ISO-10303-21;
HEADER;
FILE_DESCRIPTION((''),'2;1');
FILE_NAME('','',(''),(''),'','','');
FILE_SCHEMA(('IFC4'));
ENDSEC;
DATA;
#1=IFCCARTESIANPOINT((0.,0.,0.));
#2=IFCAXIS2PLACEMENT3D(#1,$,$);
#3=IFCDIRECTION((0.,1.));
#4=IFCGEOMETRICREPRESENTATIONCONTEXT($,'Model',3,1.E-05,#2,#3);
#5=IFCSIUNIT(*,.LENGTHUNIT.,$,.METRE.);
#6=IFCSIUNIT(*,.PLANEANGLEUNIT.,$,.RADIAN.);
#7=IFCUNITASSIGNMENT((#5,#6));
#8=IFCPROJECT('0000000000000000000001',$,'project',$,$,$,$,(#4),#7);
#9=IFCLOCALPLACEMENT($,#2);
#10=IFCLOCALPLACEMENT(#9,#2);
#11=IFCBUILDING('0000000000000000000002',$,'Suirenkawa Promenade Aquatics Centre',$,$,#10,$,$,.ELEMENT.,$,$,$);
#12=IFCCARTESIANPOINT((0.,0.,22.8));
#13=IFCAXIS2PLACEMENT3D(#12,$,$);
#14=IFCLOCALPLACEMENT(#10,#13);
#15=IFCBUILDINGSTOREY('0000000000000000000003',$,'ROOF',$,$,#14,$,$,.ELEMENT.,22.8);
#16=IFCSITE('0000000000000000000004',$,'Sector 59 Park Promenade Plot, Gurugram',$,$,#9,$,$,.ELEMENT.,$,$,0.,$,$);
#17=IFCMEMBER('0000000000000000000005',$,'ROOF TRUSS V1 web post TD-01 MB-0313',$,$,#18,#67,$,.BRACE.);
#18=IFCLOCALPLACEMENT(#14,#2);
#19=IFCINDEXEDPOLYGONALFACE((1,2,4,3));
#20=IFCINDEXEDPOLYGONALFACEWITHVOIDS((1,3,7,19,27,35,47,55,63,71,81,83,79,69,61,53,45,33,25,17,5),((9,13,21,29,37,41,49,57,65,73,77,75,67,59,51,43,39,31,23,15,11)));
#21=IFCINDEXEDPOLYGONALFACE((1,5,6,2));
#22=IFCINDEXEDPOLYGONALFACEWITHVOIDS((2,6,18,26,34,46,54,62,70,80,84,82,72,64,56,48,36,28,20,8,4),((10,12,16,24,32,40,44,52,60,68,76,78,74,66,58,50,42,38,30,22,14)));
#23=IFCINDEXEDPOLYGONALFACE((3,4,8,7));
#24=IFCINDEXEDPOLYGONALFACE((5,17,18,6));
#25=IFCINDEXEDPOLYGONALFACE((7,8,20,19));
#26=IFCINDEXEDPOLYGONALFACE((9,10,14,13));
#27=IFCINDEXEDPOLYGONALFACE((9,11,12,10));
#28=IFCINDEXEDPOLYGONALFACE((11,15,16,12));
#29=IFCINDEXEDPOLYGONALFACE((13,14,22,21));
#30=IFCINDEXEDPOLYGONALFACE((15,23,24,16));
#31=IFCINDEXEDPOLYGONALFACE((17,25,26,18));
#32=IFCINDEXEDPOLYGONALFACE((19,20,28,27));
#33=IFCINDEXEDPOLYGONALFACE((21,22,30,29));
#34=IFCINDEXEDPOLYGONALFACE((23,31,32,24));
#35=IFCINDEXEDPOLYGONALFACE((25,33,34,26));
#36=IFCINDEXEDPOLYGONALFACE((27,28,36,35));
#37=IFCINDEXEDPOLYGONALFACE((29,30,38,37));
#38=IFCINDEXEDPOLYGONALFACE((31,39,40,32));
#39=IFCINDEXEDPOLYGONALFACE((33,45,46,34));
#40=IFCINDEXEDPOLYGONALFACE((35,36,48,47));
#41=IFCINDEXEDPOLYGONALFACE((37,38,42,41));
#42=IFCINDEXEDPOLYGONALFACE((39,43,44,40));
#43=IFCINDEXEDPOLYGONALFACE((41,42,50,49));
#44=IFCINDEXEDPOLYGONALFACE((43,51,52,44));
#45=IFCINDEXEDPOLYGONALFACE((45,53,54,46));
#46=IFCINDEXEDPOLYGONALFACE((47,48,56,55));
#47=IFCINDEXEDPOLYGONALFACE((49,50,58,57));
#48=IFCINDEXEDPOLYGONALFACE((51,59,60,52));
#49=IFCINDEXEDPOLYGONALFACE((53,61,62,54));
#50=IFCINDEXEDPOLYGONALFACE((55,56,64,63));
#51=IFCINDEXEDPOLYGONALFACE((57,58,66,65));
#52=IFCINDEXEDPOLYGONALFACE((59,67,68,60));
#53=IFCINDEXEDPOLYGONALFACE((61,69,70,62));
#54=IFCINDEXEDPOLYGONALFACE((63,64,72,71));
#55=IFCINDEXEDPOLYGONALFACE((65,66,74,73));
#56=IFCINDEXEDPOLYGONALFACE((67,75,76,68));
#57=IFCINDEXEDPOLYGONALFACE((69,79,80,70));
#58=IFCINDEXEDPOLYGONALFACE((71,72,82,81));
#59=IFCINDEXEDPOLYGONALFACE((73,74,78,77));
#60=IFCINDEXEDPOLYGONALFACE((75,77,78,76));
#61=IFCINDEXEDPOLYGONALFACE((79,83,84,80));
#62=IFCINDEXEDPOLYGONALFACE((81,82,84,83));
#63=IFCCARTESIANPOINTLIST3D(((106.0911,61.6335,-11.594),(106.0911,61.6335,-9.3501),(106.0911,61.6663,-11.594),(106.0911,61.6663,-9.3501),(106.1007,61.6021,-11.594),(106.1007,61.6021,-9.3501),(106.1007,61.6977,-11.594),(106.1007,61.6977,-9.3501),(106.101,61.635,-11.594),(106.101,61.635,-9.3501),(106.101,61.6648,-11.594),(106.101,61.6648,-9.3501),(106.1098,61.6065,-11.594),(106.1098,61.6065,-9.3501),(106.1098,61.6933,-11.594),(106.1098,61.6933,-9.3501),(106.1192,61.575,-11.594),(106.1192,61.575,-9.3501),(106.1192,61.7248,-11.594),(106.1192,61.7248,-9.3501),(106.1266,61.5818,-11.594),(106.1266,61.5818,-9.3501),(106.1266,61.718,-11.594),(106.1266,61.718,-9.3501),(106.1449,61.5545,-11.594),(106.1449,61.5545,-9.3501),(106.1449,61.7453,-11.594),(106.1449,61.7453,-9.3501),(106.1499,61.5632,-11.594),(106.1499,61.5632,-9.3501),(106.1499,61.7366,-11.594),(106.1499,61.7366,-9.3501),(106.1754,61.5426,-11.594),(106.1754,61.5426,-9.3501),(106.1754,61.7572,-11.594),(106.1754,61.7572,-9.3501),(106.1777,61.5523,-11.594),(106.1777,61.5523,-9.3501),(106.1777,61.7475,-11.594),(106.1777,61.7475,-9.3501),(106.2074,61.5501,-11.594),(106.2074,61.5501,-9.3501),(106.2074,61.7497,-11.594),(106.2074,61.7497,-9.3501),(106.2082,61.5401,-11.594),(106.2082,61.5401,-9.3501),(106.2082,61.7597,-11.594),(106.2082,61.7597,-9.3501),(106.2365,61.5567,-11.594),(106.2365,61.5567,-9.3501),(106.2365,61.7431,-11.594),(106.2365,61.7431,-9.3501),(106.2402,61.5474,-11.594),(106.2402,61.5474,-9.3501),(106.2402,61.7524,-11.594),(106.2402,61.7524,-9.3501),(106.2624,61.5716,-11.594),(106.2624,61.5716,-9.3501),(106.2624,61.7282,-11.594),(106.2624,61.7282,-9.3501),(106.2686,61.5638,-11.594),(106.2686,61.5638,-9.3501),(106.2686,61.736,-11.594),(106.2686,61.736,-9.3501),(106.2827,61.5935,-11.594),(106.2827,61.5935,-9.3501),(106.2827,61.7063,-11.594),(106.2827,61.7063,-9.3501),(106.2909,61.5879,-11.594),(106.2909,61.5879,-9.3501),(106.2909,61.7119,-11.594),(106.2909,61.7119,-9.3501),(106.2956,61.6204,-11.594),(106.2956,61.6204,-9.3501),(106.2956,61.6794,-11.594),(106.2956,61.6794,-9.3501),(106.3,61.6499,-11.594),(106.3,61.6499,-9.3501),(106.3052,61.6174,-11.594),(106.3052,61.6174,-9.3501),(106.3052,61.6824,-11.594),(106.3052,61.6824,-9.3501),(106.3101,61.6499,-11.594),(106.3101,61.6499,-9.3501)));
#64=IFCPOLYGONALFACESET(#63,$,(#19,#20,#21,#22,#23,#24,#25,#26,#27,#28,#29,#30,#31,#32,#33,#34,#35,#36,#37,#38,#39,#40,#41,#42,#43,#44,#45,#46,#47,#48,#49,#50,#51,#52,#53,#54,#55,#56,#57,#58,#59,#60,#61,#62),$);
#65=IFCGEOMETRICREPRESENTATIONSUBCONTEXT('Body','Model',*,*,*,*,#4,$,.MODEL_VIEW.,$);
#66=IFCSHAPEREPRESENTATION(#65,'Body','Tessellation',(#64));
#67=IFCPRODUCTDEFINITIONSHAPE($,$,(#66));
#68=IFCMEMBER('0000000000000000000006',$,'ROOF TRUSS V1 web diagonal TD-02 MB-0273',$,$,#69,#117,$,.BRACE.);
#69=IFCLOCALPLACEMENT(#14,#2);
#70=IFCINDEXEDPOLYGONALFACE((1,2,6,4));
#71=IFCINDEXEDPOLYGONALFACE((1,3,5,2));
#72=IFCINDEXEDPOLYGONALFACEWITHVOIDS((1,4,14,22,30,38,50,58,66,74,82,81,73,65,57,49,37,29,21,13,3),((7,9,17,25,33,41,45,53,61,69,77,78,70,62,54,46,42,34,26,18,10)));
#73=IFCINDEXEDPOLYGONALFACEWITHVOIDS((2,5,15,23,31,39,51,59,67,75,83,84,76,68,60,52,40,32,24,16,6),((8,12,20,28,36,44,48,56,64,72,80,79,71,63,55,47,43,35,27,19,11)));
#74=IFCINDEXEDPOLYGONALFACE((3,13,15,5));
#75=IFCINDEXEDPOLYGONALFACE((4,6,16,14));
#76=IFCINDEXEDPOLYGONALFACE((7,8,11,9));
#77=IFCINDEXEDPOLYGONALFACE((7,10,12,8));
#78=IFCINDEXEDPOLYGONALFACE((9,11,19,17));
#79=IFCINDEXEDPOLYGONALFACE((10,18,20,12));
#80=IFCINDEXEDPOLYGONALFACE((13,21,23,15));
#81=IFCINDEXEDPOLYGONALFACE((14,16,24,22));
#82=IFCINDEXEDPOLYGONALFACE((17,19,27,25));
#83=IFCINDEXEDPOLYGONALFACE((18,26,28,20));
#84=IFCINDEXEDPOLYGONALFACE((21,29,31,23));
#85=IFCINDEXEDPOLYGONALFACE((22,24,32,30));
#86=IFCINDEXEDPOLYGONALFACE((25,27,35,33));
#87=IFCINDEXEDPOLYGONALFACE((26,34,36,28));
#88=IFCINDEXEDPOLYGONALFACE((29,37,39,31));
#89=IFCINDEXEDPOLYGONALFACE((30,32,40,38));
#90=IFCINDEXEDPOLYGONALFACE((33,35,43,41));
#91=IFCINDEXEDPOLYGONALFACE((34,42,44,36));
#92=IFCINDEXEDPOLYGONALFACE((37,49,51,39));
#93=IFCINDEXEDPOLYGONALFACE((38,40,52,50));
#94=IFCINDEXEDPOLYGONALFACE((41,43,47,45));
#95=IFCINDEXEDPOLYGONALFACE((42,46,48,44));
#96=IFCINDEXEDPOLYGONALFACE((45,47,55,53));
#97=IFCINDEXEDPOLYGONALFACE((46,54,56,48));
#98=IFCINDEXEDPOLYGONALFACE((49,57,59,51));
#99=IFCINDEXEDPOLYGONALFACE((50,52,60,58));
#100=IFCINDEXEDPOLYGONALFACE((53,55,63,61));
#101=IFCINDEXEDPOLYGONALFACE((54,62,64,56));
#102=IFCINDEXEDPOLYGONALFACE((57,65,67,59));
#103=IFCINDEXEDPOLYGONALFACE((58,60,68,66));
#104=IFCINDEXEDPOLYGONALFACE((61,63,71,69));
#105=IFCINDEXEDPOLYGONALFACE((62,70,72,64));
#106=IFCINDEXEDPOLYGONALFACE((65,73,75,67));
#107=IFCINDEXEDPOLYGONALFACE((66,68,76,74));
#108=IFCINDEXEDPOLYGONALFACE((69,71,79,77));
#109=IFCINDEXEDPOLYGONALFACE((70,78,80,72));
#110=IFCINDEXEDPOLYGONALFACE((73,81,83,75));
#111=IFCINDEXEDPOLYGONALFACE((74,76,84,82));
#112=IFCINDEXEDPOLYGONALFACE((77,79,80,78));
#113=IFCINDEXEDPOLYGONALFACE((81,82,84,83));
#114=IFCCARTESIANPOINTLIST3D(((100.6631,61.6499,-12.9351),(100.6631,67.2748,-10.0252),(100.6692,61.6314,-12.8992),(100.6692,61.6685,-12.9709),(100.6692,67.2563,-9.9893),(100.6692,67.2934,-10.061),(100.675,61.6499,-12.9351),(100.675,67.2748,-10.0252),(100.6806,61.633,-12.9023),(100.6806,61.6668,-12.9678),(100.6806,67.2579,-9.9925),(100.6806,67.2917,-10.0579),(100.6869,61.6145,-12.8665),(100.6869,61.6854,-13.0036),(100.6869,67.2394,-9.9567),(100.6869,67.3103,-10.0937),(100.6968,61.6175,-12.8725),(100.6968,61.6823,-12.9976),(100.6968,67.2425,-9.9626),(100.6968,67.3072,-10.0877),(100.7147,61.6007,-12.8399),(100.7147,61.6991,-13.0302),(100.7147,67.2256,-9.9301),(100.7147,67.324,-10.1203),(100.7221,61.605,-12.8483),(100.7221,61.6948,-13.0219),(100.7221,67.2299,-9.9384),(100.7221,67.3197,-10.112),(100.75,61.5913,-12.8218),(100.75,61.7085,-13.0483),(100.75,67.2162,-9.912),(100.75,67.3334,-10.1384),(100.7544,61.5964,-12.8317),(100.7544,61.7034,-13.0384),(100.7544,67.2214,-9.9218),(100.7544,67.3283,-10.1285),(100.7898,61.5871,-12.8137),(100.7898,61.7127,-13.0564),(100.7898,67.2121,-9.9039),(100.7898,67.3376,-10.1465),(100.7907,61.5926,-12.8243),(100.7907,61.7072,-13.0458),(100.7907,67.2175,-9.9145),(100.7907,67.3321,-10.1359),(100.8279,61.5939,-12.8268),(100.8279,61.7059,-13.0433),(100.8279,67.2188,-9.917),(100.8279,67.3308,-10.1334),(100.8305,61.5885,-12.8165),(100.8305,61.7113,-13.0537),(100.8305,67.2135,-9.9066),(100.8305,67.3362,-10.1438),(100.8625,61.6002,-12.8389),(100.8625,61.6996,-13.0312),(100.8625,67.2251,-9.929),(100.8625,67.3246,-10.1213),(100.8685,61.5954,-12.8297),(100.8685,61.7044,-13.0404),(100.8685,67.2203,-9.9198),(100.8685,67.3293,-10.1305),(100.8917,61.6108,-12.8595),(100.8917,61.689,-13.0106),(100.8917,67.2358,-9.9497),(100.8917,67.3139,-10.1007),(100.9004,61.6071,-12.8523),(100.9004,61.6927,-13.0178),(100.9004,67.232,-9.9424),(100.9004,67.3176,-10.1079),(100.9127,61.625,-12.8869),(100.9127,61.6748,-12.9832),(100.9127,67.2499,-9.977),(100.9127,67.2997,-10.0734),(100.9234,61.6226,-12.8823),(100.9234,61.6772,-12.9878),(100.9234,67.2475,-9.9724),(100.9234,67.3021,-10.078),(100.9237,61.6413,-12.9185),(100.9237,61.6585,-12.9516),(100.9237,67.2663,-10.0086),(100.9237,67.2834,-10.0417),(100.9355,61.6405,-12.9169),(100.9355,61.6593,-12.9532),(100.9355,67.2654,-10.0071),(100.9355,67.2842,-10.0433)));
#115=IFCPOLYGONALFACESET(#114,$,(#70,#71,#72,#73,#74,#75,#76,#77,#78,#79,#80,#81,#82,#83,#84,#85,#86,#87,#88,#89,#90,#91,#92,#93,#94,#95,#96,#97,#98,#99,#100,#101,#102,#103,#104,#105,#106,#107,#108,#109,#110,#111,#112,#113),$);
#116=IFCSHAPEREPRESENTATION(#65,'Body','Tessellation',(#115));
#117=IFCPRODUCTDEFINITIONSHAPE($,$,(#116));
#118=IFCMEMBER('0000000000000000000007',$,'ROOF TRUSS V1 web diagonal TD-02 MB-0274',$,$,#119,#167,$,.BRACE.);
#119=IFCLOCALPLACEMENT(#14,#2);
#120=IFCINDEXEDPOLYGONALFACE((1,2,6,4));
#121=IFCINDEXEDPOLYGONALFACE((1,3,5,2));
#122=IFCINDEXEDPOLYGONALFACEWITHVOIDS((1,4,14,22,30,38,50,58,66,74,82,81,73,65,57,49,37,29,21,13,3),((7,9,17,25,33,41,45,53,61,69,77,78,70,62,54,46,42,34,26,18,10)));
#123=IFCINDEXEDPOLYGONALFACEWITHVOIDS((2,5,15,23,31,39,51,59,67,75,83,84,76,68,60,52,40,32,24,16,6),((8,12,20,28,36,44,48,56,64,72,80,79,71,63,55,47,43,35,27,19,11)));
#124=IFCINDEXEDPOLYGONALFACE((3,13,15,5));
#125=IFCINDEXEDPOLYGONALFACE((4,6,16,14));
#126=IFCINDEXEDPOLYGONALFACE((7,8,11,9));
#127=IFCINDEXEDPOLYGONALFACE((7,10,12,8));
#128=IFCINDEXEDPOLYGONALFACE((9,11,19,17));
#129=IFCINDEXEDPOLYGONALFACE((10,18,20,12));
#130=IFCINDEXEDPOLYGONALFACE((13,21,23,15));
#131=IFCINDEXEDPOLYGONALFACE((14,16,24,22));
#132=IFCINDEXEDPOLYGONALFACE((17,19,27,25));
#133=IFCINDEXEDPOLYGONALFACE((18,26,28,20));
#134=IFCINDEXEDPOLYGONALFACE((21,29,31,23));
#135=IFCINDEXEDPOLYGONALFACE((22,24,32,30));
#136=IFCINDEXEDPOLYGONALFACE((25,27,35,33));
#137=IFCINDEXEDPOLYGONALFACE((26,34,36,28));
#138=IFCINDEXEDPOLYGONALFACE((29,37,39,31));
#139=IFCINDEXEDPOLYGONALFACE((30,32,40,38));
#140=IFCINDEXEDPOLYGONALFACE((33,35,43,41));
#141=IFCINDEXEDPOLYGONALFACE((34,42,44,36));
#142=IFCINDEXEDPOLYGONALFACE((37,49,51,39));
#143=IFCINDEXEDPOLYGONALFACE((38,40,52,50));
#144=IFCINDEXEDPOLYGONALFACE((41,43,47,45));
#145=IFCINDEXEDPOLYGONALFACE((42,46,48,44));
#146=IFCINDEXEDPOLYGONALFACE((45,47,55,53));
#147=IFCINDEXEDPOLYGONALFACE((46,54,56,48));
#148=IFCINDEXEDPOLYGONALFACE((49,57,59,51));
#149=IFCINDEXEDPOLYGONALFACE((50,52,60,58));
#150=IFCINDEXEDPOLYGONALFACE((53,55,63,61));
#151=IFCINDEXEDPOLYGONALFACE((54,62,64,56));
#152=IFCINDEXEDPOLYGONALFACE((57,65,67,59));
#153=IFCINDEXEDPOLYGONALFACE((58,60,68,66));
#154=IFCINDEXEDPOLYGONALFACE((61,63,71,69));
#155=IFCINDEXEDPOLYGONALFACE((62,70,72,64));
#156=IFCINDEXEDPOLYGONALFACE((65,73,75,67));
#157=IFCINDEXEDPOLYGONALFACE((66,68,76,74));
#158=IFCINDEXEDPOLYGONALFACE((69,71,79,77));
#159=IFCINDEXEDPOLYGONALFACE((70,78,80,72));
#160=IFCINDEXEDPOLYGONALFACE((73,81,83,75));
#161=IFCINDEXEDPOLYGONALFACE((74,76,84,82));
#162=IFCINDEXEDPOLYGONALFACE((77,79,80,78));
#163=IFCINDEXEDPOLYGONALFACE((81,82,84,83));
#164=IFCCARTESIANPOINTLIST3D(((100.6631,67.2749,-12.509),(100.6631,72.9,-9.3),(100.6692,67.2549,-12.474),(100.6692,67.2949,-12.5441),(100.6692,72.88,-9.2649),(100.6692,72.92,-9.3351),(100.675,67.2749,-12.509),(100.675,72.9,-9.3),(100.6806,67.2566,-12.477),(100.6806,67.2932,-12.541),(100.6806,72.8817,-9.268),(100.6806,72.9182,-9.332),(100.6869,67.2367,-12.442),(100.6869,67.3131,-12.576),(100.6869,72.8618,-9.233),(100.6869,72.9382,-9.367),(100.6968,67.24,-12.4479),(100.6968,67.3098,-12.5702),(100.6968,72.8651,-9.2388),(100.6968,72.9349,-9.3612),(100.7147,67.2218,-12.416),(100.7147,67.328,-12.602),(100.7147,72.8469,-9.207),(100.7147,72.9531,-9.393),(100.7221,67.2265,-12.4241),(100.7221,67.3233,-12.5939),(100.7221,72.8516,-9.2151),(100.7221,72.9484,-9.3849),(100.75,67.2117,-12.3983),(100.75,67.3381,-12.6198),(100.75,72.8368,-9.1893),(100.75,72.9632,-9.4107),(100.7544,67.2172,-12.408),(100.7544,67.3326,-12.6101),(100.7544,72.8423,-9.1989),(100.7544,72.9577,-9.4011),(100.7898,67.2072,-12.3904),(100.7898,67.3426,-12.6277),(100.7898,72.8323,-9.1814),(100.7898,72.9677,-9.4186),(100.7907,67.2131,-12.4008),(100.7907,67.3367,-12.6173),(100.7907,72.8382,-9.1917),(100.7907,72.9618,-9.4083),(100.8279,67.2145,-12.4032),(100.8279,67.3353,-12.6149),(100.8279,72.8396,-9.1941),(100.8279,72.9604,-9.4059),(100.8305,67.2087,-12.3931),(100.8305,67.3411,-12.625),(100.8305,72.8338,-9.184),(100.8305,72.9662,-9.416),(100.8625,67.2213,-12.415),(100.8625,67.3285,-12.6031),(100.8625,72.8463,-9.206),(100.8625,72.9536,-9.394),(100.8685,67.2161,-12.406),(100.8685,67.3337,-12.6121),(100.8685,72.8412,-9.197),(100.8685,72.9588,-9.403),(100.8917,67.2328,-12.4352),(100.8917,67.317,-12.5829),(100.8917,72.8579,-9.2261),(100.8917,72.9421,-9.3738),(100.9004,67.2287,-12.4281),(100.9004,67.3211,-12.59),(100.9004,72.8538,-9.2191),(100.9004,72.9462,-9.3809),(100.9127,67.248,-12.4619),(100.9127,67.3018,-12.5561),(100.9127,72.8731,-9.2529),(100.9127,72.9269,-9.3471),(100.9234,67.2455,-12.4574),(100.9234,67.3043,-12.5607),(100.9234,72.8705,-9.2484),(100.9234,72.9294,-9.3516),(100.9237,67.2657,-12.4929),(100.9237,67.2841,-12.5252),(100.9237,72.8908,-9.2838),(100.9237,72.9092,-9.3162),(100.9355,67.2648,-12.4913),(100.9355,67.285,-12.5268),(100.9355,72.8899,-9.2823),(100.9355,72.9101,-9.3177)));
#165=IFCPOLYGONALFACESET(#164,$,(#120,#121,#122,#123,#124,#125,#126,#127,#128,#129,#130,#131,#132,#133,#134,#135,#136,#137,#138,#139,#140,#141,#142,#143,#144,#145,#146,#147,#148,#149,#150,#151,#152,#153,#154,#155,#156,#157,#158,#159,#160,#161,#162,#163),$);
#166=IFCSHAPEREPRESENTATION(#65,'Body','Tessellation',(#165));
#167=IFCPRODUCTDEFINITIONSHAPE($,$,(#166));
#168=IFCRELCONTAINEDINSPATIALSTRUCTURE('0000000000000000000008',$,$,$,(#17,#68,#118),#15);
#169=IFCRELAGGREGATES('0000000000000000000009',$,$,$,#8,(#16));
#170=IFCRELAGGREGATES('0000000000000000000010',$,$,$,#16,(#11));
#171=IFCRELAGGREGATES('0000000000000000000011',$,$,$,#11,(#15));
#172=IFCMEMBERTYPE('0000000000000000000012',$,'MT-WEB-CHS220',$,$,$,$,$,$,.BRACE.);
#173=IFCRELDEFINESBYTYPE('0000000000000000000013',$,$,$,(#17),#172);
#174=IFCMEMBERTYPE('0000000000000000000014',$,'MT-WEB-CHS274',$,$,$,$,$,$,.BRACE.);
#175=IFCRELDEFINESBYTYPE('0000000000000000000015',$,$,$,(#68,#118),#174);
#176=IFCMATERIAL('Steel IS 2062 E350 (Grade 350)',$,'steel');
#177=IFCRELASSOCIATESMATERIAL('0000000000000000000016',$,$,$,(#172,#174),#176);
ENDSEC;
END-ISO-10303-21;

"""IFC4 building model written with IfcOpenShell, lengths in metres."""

from ifc_helpers import new_model, si_unit, direction, frame, origin, origin_2d, place, context, subcontext, project, spatial, hollow_circle, extrude, material, material_profile, profile_set, type_object, element, save


model = new_model("IFC4")

# Units and contexts
model_context = context("Model", 3, precision=1e-05, world=origin(), true_north=direction((0.0, 1.0)))
body_context = subcontext(model_context, "Body", "Model", "MODEL_VIEW")
ifc_project = project(units=[si_unit("LENGTHUNIT", "METRE"), si_unit("PLANEANGLEUNIT", "RADIAN")], contexts=[model_context])

# Site, building, storey
site_placement = place(None, origin())
site = spatial("IfcSite", under=ifc_project, at=site_placement, Name="Sector 59 Park Promenade Plot, Gurugram", CompositionType="ELEMENT", RefElevation=0.0)
building_placement = place(site_placement, origin())
building = spatial("IfcBuilding", under=site, at=building_placement, Name="Suirenkawa Promenade Aquatics Centre", CompositionType="ELEMENT")
storey_placement = place(building_placement, frame((0.0, 0.0, 22.8)))
storey = spatial("IfcBuildingStorey", under=building, at=storey_placement, Name="ROOF", CompositionType="ELEMENT", Elevation=22.8)

# Shared definitions
ifc_material = material(Name="Steel IS 2062 E350 (Grade 350)", Category="steel")

# Members
ifc_material_profile_1 = material_profile(ifc_material, hollow_circle(Radius=0.1101, WallThickness=0.01, at=origin_2d()), Name="CHS 220x10", Category="steel")
ifc_profile_set_1 = profile_set([ifc_material_profile_1], Name="Steel IS 2062 E350 (Grade 350)")
member_type_1 = type_object("IfcMemberType", Name="MT-WEB-CHS220", PredefinedType="BRACE", material=ifc_profile_set_1)
member_1_placement = place(storey_placement, frame((106.2, 61.6499, -11.594), z_axis=(0.0, 0.0, 1.0), x_axis=(1.0, 0.0, 0.0)))
element("IfcMember", 1, at=member_1_placement, inside=storey, type_object=member_type_1, Name="ROOF TRUSS V1 web post TD-01 MB-0313", PredefinedType="BRACE", context=body_context, shape_type="SweptSolid", body=[
    extrude(hollow_circle(Radius=0.1101, WallThickness=0.01, at=origin_2d()), origin(), (0.0, 0.0, 1.0), 2.2439),
])
ifc_material_profile_2 = material_profile(ifc_material, hollow_circle(Radius=0.137, WallThickness=0.012, at=origin_2d()), Name="CHS 274x12", Category="steel")
ifc_profile_set_2 = profile_set([ifc_material_profile_2], Name="Steel IS 2062 E350 (Grade 350)")
member_type_2 = type_object("IfcMemberType", Name="MT-WEB-CHS274", PredefinedType="BRACE", material=ifc_profile_set_2)
member_2_placement = place(storey_placement, frame((100.8, 61.6499, -12.9351), z_axis=(0.0, 0.88819, 0.459476), x_axis=(-1.0, 0.0, 0.0)))
element("IfcMember", 2, at=member_2_placement, inside=storey, type_object=member_type_2, Name="ROOF TRUSS V1 web diagonal TD-02 MB-0273", PredefinedType="BRACE", context=body_context, shape_type="SweptSolid", body=[
    extrude(hollow_circle(Radius=0.137, WallThickness=0.012, at=origin_2d()), origin(), (0.0, 0.0, 1.0), 6.333),
])
member_3_placement = place(storey_placement, frame((100.8, 67.2749, -12.509), z_axis=(0.0, 0.868596, 0.495522), x_axis=(-1.0, 0.0, 0.0)))
element("IfcMember", 3, at=member_3_placement, inside=storey, type_object=member_type_2, Name="ROOF TRUSS V1 web diagonal TD-02 MB-0274", PredefinedType="BRACE", context=body_context, shape_type="SweptSolid", body=[
    extrude(hollow_circle(Radius=0.137, WallThickness=0.012, at=origin_2d()), origin(), (0.0, 0.0, 1.0), 6.4761),
])

save(model, "model.ifc")
